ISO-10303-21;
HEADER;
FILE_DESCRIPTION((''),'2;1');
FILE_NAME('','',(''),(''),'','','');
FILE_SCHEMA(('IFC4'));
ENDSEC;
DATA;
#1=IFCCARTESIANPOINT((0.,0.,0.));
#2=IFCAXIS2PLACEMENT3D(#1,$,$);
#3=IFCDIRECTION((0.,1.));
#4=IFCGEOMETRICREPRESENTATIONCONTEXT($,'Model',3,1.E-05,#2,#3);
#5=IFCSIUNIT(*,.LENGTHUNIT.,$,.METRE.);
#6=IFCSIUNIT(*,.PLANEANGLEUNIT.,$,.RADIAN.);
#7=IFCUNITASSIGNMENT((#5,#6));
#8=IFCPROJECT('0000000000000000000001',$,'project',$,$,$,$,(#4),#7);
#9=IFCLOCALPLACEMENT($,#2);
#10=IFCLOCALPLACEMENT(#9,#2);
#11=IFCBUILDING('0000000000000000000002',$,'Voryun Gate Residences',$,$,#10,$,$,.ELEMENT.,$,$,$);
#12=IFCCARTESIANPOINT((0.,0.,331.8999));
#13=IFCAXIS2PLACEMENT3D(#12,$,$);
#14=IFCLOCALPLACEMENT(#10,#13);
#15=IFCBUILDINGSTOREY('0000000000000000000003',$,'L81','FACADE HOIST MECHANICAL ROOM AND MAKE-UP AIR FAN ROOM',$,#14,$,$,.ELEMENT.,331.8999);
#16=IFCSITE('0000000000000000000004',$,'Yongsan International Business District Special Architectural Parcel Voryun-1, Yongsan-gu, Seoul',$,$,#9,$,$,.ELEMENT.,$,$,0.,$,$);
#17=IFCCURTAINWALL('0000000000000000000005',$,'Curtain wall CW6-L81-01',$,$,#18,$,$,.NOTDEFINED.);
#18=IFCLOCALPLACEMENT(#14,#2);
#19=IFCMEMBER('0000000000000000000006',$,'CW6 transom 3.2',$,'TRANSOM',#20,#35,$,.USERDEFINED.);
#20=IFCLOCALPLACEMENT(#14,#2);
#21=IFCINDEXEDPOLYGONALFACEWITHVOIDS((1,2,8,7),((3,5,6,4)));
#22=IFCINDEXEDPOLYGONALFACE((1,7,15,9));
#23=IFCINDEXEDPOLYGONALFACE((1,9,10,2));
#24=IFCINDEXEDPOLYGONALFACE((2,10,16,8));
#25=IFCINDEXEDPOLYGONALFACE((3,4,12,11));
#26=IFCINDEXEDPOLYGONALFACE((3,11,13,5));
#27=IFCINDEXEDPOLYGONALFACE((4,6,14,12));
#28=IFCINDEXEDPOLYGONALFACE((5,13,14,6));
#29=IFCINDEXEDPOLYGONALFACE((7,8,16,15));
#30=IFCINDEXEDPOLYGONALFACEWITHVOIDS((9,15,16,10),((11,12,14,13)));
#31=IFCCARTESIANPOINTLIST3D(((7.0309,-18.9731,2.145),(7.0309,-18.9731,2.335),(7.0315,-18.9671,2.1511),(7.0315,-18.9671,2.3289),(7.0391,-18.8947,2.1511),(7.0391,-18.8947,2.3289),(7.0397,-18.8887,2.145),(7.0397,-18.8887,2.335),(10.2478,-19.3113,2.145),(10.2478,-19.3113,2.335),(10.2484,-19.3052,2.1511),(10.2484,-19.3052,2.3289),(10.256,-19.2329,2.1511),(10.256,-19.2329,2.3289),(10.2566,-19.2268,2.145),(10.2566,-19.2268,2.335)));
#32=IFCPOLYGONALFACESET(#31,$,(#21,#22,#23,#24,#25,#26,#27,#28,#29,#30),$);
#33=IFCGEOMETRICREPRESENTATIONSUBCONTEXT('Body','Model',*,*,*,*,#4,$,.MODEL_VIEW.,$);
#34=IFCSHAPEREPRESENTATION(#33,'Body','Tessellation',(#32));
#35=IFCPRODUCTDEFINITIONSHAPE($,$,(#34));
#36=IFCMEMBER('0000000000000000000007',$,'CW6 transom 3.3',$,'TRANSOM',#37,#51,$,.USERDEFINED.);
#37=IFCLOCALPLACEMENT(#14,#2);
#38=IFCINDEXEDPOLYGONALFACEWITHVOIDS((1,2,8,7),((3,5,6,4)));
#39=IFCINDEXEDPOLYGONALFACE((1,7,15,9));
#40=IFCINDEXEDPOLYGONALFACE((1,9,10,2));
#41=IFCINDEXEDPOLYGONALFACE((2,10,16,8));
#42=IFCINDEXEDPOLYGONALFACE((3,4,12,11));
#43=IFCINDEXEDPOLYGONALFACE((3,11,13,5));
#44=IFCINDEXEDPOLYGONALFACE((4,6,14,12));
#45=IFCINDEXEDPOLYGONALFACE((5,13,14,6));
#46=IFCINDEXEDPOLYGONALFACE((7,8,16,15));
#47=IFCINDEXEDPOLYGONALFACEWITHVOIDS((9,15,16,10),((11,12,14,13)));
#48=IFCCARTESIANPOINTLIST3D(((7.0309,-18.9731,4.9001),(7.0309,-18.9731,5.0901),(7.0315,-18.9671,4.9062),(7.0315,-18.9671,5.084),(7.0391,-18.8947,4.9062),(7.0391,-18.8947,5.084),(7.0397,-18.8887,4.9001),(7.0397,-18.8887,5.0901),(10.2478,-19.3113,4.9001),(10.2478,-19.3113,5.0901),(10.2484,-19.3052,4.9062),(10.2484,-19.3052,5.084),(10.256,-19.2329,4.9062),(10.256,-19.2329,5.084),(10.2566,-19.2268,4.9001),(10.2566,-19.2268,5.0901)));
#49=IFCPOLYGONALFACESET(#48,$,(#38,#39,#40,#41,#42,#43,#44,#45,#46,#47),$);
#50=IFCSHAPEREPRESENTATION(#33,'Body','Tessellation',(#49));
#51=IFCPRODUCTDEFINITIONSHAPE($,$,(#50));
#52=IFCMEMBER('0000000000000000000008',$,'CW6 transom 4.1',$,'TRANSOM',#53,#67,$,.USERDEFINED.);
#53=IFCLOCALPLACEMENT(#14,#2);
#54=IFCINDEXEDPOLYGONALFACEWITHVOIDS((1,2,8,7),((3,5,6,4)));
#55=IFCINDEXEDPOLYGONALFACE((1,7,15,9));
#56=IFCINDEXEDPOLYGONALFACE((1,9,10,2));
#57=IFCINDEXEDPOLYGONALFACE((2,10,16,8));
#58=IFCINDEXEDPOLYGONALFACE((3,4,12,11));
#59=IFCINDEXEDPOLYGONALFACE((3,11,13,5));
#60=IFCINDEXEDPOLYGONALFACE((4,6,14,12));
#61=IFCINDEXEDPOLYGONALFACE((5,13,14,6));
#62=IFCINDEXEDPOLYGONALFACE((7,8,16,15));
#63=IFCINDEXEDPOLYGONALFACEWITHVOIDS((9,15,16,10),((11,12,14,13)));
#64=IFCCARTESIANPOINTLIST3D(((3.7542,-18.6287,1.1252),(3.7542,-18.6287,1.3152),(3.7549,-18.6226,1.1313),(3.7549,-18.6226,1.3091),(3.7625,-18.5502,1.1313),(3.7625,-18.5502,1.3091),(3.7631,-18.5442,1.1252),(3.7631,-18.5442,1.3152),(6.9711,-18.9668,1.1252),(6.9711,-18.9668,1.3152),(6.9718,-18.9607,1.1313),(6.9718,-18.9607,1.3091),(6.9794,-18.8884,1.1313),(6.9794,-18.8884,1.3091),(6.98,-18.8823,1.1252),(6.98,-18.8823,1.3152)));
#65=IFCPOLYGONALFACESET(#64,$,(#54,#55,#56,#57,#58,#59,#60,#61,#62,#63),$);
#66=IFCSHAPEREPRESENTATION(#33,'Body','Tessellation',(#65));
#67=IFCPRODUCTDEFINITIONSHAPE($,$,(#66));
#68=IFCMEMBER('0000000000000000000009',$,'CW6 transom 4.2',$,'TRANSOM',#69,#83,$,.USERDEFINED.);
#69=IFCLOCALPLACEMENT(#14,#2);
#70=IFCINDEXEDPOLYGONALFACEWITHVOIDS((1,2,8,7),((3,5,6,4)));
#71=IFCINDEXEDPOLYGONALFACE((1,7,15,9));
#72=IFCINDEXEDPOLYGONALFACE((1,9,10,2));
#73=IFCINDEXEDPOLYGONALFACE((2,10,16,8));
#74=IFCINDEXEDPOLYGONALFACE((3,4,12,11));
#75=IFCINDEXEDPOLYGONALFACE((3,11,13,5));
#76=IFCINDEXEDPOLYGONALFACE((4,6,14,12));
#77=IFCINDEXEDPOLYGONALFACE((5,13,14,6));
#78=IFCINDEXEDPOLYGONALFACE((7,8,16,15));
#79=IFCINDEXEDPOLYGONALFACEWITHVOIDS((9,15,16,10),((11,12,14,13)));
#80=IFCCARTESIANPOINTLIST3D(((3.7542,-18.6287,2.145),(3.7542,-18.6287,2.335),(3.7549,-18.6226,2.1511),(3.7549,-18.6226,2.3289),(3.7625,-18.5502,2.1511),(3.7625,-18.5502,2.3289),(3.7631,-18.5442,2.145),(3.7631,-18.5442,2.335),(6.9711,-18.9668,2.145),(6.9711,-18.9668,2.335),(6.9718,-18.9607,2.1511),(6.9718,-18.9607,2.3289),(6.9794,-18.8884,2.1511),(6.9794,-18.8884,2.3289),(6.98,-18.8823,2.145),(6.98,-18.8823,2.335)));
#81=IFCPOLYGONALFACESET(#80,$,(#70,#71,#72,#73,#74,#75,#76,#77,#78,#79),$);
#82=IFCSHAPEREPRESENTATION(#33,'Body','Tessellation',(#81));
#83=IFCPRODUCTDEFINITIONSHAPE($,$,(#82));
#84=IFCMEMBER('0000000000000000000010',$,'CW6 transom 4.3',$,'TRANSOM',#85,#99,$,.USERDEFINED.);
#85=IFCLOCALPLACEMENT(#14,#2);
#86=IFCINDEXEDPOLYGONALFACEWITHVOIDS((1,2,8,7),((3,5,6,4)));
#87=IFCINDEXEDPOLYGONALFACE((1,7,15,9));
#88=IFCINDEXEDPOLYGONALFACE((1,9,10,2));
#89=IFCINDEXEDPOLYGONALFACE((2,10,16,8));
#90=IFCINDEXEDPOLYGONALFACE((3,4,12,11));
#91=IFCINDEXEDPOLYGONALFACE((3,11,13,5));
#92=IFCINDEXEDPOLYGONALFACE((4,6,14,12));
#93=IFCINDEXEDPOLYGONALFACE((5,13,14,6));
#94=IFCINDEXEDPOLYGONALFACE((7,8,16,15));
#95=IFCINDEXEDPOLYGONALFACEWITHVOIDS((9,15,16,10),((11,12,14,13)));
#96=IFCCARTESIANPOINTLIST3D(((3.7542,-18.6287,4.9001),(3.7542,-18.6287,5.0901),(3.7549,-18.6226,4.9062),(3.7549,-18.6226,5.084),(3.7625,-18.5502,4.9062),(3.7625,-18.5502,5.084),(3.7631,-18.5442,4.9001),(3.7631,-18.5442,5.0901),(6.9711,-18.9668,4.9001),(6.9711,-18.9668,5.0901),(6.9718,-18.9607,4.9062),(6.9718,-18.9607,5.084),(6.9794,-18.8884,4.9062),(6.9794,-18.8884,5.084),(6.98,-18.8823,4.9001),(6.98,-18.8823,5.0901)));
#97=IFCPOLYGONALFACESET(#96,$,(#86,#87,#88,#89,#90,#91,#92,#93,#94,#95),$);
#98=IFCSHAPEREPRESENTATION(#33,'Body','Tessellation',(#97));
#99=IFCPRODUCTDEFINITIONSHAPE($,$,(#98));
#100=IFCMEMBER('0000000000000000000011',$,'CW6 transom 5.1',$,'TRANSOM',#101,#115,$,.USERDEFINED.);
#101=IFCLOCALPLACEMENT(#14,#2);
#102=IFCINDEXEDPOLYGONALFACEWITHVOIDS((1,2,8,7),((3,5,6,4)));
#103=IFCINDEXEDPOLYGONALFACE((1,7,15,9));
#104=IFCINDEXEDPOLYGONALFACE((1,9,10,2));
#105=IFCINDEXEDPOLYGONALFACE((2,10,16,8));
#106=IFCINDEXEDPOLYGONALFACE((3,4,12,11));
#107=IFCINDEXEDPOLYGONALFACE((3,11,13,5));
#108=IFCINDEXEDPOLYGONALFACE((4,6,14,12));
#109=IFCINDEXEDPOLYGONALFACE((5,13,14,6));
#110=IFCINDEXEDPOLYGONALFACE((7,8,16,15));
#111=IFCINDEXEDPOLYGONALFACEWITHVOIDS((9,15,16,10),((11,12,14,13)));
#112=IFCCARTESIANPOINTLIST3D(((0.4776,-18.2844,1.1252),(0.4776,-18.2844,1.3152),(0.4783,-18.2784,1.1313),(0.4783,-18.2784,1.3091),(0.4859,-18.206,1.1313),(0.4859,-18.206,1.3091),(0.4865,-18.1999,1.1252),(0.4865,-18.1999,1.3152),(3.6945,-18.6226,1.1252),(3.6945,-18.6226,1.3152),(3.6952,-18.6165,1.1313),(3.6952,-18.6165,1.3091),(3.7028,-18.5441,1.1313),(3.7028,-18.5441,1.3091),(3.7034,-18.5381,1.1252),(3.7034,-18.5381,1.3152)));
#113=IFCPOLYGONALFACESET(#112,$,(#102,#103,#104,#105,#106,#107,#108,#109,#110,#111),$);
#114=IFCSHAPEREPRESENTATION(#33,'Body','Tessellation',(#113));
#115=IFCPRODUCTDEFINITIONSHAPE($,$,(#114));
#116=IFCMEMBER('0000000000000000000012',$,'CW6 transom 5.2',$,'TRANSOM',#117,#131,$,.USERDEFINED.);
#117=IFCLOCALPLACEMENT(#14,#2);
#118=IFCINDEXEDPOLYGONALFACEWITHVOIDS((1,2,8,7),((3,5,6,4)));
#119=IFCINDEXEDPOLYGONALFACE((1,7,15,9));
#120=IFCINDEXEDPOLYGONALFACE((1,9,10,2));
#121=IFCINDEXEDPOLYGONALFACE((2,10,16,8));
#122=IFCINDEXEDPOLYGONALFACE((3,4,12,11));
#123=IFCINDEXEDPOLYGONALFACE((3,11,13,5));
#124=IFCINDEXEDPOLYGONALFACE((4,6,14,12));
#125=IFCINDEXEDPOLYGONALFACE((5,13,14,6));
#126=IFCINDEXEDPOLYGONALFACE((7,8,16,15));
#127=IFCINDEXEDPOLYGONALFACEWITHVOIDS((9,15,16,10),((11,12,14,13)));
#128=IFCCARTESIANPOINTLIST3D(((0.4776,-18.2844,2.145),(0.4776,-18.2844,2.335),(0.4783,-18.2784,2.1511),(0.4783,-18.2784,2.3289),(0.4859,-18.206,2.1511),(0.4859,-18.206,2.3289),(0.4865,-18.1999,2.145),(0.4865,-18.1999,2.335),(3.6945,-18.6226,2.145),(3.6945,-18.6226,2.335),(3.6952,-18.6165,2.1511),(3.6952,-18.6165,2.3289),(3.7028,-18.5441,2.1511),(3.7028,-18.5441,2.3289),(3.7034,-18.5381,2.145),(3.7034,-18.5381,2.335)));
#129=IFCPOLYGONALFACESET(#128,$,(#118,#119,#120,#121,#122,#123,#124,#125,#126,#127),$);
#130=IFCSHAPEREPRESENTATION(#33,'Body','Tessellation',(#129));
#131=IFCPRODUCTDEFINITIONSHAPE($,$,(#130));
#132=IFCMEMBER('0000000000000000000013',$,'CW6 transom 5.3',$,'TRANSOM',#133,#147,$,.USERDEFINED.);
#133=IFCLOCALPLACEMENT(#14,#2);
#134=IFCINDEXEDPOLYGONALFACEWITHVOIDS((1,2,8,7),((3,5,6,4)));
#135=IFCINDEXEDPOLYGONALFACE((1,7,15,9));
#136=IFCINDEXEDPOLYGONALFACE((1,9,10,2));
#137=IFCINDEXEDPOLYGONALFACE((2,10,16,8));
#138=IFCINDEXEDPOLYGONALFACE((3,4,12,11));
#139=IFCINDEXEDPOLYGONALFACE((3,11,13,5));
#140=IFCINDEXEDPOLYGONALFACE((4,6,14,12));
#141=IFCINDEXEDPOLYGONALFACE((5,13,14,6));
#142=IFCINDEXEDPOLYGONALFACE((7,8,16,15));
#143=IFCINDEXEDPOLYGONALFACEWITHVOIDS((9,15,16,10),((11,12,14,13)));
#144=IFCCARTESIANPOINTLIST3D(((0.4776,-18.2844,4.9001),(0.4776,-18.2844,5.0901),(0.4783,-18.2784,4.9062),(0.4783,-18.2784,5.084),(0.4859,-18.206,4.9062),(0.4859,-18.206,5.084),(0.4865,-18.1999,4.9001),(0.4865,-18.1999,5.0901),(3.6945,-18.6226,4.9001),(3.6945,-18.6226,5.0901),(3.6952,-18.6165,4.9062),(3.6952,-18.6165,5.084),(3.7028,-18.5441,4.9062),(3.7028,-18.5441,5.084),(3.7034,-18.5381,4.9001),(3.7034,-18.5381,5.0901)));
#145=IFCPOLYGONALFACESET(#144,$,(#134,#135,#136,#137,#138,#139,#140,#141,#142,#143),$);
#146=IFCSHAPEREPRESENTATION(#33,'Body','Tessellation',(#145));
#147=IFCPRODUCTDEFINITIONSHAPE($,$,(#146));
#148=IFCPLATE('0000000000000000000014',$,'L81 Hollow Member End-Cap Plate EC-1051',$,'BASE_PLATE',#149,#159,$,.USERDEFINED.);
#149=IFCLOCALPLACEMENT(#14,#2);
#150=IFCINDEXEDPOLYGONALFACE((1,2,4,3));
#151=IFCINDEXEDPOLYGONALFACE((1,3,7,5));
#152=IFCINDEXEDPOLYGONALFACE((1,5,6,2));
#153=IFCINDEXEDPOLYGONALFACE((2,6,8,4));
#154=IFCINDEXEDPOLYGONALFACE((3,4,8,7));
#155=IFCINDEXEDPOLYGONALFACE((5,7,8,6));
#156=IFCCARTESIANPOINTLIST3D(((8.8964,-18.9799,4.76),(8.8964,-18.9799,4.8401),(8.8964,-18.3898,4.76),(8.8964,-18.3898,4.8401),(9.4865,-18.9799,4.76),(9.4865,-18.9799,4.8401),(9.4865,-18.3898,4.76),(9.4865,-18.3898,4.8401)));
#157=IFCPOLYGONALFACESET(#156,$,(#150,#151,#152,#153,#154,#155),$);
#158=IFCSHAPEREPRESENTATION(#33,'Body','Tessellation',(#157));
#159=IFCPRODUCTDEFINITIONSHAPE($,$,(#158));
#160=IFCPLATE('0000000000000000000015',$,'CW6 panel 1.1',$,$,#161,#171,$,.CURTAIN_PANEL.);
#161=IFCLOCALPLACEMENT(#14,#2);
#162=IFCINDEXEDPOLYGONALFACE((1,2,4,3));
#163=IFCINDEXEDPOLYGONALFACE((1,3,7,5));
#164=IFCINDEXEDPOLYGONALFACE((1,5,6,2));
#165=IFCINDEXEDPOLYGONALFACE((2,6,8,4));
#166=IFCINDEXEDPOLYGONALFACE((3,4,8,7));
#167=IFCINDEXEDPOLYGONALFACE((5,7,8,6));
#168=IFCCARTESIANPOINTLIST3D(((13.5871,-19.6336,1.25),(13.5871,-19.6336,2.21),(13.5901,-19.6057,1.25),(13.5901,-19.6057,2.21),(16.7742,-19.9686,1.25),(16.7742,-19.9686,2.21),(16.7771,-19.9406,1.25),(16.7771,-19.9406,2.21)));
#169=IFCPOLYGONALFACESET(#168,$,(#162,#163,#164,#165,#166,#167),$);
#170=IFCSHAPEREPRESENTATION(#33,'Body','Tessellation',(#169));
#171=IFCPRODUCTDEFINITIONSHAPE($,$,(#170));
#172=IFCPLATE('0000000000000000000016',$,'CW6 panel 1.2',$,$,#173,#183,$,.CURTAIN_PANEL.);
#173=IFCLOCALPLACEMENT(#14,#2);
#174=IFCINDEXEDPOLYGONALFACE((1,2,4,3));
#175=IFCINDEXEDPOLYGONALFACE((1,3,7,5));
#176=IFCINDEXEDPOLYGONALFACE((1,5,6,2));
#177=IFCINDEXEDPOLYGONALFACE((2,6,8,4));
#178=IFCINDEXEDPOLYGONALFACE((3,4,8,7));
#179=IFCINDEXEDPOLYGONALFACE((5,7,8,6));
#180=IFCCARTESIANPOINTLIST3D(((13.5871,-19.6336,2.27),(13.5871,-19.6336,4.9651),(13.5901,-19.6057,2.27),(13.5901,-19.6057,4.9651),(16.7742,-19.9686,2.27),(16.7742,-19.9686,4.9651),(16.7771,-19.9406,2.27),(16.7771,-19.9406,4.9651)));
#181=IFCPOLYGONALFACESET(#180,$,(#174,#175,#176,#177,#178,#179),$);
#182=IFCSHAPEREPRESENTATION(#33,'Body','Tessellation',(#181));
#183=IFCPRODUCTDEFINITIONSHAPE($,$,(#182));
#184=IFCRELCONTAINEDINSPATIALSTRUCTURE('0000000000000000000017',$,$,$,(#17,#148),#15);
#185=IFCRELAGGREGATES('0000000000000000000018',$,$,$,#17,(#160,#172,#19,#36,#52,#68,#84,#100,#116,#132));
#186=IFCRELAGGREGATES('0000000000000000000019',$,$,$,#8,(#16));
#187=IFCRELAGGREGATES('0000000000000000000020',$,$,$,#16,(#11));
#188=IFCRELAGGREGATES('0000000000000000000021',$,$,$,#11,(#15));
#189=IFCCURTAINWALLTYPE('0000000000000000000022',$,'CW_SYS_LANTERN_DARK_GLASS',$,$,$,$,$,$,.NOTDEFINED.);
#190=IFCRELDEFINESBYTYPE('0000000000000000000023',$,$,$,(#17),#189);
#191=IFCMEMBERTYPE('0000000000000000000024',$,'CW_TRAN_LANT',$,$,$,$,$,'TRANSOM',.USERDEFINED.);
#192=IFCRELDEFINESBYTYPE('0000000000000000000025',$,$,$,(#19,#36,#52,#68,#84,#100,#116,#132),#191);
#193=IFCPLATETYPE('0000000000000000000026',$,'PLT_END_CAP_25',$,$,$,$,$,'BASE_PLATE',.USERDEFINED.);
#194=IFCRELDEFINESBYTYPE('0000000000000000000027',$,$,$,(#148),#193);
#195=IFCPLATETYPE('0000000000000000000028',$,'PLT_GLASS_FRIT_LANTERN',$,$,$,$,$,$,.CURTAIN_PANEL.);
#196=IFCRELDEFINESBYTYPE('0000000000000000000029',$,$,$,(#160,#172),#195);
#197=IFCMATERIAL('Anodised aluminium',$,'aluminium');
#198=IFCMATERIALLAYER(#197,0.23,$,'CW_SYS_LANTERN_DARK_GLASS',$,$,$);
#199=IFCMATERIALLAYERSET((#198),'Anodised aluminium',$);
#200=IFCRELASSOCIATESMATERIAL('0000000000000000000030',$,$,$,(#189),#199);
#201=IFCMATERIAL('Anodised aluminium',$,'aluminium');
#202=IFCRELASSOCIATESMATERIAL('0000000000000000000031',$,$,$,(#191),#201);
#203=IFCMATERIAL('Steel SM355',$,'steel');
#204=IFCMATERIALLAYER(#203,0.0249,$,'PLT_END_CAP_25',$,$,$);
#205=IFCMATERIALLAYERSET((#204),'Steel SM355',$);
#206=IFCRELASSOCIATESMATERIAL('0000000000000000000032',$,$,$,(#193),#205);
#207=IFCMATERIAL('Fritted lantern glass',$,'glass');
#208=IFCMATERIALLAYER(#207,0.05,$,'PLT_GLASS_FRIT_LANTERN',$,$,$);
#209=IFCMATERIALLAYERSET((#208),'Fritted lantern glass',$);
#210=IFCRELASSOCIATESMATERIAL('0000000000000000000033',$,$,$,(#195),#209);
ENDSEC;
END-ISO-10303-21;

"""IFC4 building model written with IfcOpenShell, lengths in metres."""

from ifc_helpers import new_model, si_unit, direction, frame, origin, origin_2d, place, context, subcontext, project, spatial, rectangle, hollow_rectangle, extrude, material, layer, layer_set, material_profile, profile_set, type_object, element, aggregate, save


model = new_model("IFC4")

# Units and contexts
model_context = context("Model", 3, precision=1e-05, world=origin(), true_north=direction((0.0, 1.0)))
body_context = subcontext(model_context, "Body", "Model", "MODEL_VIEW")
ifc_project = project(units=[si_unit("LENGTHUNIT", "METRE"), si_unit("PLANEANGLEUNIT", "RADIAN")], contexts=[model_context])

# Site, building, storey
site_placement = place(None, origin())
site = spatial("IfcSite", under=ifc_project, at=site_placement, Name="Yongsan International Business District Special Architectural Parcel Voryun-1, Yongsan-gu, Seoul", CompositionType="ELEMENT", RefElevation=0.0)
building_placement = place(site_placement, origin())
building = spatial("IfcBuilding", under=site, at=building_placement, Name="Voryun Gate Residences", CompositionType="ELEMENT")
storey_placement = place(building_placement, frame((0.0, 0.0, 331.8999)))
storey = spatial("IfcBuildingStorey", under=building, at=storey_placement, Name="L81", Description="FACADE HOIST MECHANICAL ROOM AND MAKE-UP AIR FAN ROOM", CompositionType="ELEMENT", Elevation=331.8999)

# Curtain wall, members
ifc_material_1 = material(Name="Anodised aluminium", Category="aluminium")
ifc_layer_1 = layer(ifc_material_1, 0.23, Name="CW_SYS_LANTERN_DARK_GLASS")
ifc_layer_set_1 = layer_set([ifc_layer_1], Name="Anodised aluminium")
curtain_wall_type = type_object("IfcCurtainWallType", Name="CW_SYS_LANTERN_DARK_GLASS", PredefinedType="NOTDEFINED", material=ifc_layer_set_1)
curtain_wall_placement = place(storey_placement, origin())
curtain_wall = element("IfcCurtainWall", 1, at=curtain_wall_placement, inside=storey, type_object=curtain_wall_type, Name="Curtain wall CW6-L81-01", PredefinedType="NOTDEFINED")
ifc_material_2 = material(Name="Anodised aluminium", Category="aluminium")
ifc_material_profile_1 = material_profile(ifc_material_2, hollow_rectangle(XDim=0.085, YDim=0.1899, WallThickness=0.0061, at=origin_2d()), Name="ALU-TRAN-190x85x6")
ifc_profile_set_1 = profile_set([ifc_material_profile_1], Name="Anodised aluminium")
member_type_1 = type_object("IfcMemberType", Name="CW_TRAN_LANT", ElementType="TRANSOM", PredefinedType="USERDEFINED", material=ifc_profile_set_1)
member_1_placement = place(storey_placement, frame((10.2522, -19.269, 2.24), z_axis=(-0.994521, 0.104539, 0.0), x_axis=(-0.104539, -0.994521, 0.0)))
member_1 = element("IfcMember", 2, at=member_1_placement, type_object=member_type_1, Name="CW6 transom 3.2", ObjectType="TRANSOM", PredefinedType="USERDEFINED", context=body_context, shape_type="SweptSolid", body=[
    extrude(hollow_rectangle(XDim=0.085, YDim=0.1899, WallThickness=0.0061, at=origin_2d()), origin(), (0.0, 0.0, 1.0), 3.2346),
])
member_2_placement = place(storey_placement, frame((10.2522, -19.269, 4.9951), z_axis=(-0.994521, 0.104539, 0.0), x_axis=(-0.104539, -0.994521, 0.0)))
member_2 = element("IfcMember", 3, at=member_2_placement, type_object=member_type_1, Name="CW6 transom 3.3", ObjectType="TRANSOM", PredefinedType="USERDEFINED", context=body_context, shape_type="SweptSolid", body=[
    extrude(hollow_rectangle(XDim=0.085, YDim=0.1899, WallThickness=0.0061, at=origin_2d()), origin(), (0.0, 0.0, 1.0), 3.2346),
])
member_3_placement = place(storey_placement, frame((6.9756, -18.9246, 1.2202), z_axis=(-0.994521, 0.104539, 0.0), x_axis=(-0.104539, -0.994521, 0.0)))
member_3 = element("IfcMember", 4, at=member_3_placement, type_object=member_type_1, Name="CW6 transom 4.1", ObjectType="TRANSOM", PredefinedType="USERDEFINED", context=body_context, shape_type="SweptSolid", body=[
    extrude(hollow_rectangle(XDim=0.085, YDim=0.1899, WallThickness=0.0061, at=origin_2d()), origin(), (0.0, 0.0, 1.0), 3.2346),
])
member_4_placement = place(storey_placement, frame((6.9756, -18.9246, 2.24), z_axis=(-0.994521, 0.104539, 0.0), x_axis=(-0.104539, -0.994521, 0.0)))
member_4 = element("IfcMember", 5, at=member_4_placement, type_object=member_type_1, Name="CW6 transom 4.2", ObjectType="TRANSOM", PredefinedType="USERDEFINED", context=body_context, shape_type="SweptSolid", body=[
    extrude(hollow_rectangle(XDim=0.085, YDim=0.1899, WallThickness=0.0061, at=origin_2d()), origin(), (0.0, 0.0, 1.0), 3.2346),
])
member_5_placement = place(storey_placement, frame((6.9756, -18.9246, 4.9951), z_axis=(-0.994521, 0.104539, 0.0), x_axis=(-0.104539, -0.994521, 0.0)))
member_5 = element("IfcMember", 6, at=member_5_placement, type_object=member_type_1, Name="CW6 transom 4.3", ObjectType="TRANSOM", PredefinedType="USERDEFINED", context=body_context, shape_type="SweptSolid", body=[
    extrude(hollow_rectangle(XDim=0.085, YDim=0.1899, WallThickness=0.0061, at=origin_2d()), origin(), (0.0, 0.0, 1.0), 3.2346),
])
member_6_placement = place(storey_placement, frame((3.699, -18.5803, 1.2202), z_axis=(-0.994521, 0.104539, 0.0), x_axis=(-0.104539, -0.994521, 0.0)))
member_6 = element("IfcMember", 7, at=member_6_placement, type_object=member_type_1, Name="CW6 transom 5.1", ObjectType="TRANSOM", PredefinedType="USERDEFINED", context=body_context, shape_type="SweptSolid", body=[
    extrude(hollow_rectangle(XDim=0.085, YDim=0.1899, WallThickness=0.0061, at=origin_2d()), origin(), (0.0, 0.0, 1.0), 3.2346),
])
member_7_placement = place(storey_placement, frame((3.699, -18.5803, 2.24), z_axis=(-0.994521, 0.104539, 0.0), x_axis=(-0.104539, -0.994521, 0.0)))
member_7 = element("IfcMember", 8, at=member_7_placement, type_object=member_type_1, Name="CW6 transom 5.2", ObjectType="TRANSOM", PredefinedType="USERDEFINED", context=body_context, shape_type="SweptSolid", body=[
    extrude(hollow_rectangle(XDim=0.085, YDim=0.1899, WallThickness=0.0061, at=origin_2d()), origin(), (0.0, 0.0, 1.0), 3.2346),
])
member_8_placement = place(storey_placement, frame((3.699, -18.5803, 4.9951), z_axis=(-0.994521, 0.104539, 0.0), x_axis=(-0.104539, -0.994521, 0.0)))
member_8 = element("IfcMember", 9, at=member_8_placement, type_object=member_type_1, Name="CW6 transom 5.3", ObjectType="TRANSOM", PredefinedType="USERDEFINED", context=body_context, shape_type="SweptSolid", body=[
    extrude(hollow_rectangle(XDim=0.085, YDim=0.1899, WallThickness=0.0061, at=origin_2d()), origin(), (0.0, 0.0, 1.0), 3.2346),
])

# Plates
ifc_material_3 = material(Name="Steel SM355", Category="steel")
ifc_layer_2 = layer(ifc_material_3, 0.0249, Name="PLT_END_CAP_25")
ifc_layer_set_2 = layer_set([ifc_layer_2], Name="Steel SM355")
plate_type_1 = type_object("IfcPlateType", Name="PLT_END_CAP_25", ElementType="BASE_PLATE", PredefinedType="USERDEFINED", material=ifc_layer_set_2)
plate_1_placement = place(storey_placement, frame((9.1914, -18.6848, 4.76), z_axis=(0.0, 0.0, 1.0), x_axis=(1.0, 0.0, 0.0)))
element("IfcPlate", 10, at=plate_1_placement, inside=storey, type_object=plate_type_1, Name="L81 Hollow Member End-Cap Plate EC-1051", ObjectType="BASE_PLATE", PredefinedType="USERDEFINED", context=body_context, shape_type="SweptSolid", body=[
    extrude(rectangle(XDim=0.5901, YDim=0.5901, at=origin_2d()), origin(), (0.0, 0.0, 1.0), 0.0801),
])
ifc_material_4 = material(Name="Fritted lantern glass", Category="glass")
ifc_layer_3 = layer(ifc_material_4, 0.05, Name="PLT_GLASS_FRIT_LANTERN")
ifc_layer_set_3 = layer_set([ifc_layer_3], Name="Fritted lantern glass")
plate_type_2 = type_object("IfcPlateType", Name="PLT_GLASS_FRIT_LANTERN", PredefinedType="CURTAIN_PANEL", material=ifc_layer_set_3)
plate_2_placement = place(storey_placement, frame((15.1821, -19.7871, 1.25), z_axis=(0.0, 0.0, 1.0), x_axis=(-0.994522, 0.104528, 0.0)))
plate_2 = element("IfcPlate", 11, at=plate_2_placement, type_object=plate_type_2, Name="CW6 panel 1.1", PredefinedType="CURTAIN_PANEL", context=body_context, shape_type="SweptSolid", body=[
    extrude(rectangle(XDim=3.2046, YDim=0.0281, at=origin_2d()), origin(), (0.0, 0.0, 1.0), 0.96),
])
plate_3_placement = place(storey_placement, frame((15.1821, -19.7871, 2.27), z_axis=(0.0, 0.0, 1.0), x_axis=(-0.994522, 0.104528, 0.0)))
plate_3 = element("IfcPlate", 12, at=plate_3_placement, type_object=plate_type_2, Name="CW6 panel 1.2", PredefinedType="CURTAIN_PANEL", context=body_context, shape_type="SweptSolid", body=[
    extrude(rectangle(XDim=3.2046, YDim=0.0281, at=origin_2d()), origin(), (0.0, 0.0, 1.0), 2.6951),
])
aggregate(curtain_wall, [plate_2, plate_3, member_1, member_2, member_3, member_4, member_5, member_6, member_7, member_8])

save(model, "model.ifc")
